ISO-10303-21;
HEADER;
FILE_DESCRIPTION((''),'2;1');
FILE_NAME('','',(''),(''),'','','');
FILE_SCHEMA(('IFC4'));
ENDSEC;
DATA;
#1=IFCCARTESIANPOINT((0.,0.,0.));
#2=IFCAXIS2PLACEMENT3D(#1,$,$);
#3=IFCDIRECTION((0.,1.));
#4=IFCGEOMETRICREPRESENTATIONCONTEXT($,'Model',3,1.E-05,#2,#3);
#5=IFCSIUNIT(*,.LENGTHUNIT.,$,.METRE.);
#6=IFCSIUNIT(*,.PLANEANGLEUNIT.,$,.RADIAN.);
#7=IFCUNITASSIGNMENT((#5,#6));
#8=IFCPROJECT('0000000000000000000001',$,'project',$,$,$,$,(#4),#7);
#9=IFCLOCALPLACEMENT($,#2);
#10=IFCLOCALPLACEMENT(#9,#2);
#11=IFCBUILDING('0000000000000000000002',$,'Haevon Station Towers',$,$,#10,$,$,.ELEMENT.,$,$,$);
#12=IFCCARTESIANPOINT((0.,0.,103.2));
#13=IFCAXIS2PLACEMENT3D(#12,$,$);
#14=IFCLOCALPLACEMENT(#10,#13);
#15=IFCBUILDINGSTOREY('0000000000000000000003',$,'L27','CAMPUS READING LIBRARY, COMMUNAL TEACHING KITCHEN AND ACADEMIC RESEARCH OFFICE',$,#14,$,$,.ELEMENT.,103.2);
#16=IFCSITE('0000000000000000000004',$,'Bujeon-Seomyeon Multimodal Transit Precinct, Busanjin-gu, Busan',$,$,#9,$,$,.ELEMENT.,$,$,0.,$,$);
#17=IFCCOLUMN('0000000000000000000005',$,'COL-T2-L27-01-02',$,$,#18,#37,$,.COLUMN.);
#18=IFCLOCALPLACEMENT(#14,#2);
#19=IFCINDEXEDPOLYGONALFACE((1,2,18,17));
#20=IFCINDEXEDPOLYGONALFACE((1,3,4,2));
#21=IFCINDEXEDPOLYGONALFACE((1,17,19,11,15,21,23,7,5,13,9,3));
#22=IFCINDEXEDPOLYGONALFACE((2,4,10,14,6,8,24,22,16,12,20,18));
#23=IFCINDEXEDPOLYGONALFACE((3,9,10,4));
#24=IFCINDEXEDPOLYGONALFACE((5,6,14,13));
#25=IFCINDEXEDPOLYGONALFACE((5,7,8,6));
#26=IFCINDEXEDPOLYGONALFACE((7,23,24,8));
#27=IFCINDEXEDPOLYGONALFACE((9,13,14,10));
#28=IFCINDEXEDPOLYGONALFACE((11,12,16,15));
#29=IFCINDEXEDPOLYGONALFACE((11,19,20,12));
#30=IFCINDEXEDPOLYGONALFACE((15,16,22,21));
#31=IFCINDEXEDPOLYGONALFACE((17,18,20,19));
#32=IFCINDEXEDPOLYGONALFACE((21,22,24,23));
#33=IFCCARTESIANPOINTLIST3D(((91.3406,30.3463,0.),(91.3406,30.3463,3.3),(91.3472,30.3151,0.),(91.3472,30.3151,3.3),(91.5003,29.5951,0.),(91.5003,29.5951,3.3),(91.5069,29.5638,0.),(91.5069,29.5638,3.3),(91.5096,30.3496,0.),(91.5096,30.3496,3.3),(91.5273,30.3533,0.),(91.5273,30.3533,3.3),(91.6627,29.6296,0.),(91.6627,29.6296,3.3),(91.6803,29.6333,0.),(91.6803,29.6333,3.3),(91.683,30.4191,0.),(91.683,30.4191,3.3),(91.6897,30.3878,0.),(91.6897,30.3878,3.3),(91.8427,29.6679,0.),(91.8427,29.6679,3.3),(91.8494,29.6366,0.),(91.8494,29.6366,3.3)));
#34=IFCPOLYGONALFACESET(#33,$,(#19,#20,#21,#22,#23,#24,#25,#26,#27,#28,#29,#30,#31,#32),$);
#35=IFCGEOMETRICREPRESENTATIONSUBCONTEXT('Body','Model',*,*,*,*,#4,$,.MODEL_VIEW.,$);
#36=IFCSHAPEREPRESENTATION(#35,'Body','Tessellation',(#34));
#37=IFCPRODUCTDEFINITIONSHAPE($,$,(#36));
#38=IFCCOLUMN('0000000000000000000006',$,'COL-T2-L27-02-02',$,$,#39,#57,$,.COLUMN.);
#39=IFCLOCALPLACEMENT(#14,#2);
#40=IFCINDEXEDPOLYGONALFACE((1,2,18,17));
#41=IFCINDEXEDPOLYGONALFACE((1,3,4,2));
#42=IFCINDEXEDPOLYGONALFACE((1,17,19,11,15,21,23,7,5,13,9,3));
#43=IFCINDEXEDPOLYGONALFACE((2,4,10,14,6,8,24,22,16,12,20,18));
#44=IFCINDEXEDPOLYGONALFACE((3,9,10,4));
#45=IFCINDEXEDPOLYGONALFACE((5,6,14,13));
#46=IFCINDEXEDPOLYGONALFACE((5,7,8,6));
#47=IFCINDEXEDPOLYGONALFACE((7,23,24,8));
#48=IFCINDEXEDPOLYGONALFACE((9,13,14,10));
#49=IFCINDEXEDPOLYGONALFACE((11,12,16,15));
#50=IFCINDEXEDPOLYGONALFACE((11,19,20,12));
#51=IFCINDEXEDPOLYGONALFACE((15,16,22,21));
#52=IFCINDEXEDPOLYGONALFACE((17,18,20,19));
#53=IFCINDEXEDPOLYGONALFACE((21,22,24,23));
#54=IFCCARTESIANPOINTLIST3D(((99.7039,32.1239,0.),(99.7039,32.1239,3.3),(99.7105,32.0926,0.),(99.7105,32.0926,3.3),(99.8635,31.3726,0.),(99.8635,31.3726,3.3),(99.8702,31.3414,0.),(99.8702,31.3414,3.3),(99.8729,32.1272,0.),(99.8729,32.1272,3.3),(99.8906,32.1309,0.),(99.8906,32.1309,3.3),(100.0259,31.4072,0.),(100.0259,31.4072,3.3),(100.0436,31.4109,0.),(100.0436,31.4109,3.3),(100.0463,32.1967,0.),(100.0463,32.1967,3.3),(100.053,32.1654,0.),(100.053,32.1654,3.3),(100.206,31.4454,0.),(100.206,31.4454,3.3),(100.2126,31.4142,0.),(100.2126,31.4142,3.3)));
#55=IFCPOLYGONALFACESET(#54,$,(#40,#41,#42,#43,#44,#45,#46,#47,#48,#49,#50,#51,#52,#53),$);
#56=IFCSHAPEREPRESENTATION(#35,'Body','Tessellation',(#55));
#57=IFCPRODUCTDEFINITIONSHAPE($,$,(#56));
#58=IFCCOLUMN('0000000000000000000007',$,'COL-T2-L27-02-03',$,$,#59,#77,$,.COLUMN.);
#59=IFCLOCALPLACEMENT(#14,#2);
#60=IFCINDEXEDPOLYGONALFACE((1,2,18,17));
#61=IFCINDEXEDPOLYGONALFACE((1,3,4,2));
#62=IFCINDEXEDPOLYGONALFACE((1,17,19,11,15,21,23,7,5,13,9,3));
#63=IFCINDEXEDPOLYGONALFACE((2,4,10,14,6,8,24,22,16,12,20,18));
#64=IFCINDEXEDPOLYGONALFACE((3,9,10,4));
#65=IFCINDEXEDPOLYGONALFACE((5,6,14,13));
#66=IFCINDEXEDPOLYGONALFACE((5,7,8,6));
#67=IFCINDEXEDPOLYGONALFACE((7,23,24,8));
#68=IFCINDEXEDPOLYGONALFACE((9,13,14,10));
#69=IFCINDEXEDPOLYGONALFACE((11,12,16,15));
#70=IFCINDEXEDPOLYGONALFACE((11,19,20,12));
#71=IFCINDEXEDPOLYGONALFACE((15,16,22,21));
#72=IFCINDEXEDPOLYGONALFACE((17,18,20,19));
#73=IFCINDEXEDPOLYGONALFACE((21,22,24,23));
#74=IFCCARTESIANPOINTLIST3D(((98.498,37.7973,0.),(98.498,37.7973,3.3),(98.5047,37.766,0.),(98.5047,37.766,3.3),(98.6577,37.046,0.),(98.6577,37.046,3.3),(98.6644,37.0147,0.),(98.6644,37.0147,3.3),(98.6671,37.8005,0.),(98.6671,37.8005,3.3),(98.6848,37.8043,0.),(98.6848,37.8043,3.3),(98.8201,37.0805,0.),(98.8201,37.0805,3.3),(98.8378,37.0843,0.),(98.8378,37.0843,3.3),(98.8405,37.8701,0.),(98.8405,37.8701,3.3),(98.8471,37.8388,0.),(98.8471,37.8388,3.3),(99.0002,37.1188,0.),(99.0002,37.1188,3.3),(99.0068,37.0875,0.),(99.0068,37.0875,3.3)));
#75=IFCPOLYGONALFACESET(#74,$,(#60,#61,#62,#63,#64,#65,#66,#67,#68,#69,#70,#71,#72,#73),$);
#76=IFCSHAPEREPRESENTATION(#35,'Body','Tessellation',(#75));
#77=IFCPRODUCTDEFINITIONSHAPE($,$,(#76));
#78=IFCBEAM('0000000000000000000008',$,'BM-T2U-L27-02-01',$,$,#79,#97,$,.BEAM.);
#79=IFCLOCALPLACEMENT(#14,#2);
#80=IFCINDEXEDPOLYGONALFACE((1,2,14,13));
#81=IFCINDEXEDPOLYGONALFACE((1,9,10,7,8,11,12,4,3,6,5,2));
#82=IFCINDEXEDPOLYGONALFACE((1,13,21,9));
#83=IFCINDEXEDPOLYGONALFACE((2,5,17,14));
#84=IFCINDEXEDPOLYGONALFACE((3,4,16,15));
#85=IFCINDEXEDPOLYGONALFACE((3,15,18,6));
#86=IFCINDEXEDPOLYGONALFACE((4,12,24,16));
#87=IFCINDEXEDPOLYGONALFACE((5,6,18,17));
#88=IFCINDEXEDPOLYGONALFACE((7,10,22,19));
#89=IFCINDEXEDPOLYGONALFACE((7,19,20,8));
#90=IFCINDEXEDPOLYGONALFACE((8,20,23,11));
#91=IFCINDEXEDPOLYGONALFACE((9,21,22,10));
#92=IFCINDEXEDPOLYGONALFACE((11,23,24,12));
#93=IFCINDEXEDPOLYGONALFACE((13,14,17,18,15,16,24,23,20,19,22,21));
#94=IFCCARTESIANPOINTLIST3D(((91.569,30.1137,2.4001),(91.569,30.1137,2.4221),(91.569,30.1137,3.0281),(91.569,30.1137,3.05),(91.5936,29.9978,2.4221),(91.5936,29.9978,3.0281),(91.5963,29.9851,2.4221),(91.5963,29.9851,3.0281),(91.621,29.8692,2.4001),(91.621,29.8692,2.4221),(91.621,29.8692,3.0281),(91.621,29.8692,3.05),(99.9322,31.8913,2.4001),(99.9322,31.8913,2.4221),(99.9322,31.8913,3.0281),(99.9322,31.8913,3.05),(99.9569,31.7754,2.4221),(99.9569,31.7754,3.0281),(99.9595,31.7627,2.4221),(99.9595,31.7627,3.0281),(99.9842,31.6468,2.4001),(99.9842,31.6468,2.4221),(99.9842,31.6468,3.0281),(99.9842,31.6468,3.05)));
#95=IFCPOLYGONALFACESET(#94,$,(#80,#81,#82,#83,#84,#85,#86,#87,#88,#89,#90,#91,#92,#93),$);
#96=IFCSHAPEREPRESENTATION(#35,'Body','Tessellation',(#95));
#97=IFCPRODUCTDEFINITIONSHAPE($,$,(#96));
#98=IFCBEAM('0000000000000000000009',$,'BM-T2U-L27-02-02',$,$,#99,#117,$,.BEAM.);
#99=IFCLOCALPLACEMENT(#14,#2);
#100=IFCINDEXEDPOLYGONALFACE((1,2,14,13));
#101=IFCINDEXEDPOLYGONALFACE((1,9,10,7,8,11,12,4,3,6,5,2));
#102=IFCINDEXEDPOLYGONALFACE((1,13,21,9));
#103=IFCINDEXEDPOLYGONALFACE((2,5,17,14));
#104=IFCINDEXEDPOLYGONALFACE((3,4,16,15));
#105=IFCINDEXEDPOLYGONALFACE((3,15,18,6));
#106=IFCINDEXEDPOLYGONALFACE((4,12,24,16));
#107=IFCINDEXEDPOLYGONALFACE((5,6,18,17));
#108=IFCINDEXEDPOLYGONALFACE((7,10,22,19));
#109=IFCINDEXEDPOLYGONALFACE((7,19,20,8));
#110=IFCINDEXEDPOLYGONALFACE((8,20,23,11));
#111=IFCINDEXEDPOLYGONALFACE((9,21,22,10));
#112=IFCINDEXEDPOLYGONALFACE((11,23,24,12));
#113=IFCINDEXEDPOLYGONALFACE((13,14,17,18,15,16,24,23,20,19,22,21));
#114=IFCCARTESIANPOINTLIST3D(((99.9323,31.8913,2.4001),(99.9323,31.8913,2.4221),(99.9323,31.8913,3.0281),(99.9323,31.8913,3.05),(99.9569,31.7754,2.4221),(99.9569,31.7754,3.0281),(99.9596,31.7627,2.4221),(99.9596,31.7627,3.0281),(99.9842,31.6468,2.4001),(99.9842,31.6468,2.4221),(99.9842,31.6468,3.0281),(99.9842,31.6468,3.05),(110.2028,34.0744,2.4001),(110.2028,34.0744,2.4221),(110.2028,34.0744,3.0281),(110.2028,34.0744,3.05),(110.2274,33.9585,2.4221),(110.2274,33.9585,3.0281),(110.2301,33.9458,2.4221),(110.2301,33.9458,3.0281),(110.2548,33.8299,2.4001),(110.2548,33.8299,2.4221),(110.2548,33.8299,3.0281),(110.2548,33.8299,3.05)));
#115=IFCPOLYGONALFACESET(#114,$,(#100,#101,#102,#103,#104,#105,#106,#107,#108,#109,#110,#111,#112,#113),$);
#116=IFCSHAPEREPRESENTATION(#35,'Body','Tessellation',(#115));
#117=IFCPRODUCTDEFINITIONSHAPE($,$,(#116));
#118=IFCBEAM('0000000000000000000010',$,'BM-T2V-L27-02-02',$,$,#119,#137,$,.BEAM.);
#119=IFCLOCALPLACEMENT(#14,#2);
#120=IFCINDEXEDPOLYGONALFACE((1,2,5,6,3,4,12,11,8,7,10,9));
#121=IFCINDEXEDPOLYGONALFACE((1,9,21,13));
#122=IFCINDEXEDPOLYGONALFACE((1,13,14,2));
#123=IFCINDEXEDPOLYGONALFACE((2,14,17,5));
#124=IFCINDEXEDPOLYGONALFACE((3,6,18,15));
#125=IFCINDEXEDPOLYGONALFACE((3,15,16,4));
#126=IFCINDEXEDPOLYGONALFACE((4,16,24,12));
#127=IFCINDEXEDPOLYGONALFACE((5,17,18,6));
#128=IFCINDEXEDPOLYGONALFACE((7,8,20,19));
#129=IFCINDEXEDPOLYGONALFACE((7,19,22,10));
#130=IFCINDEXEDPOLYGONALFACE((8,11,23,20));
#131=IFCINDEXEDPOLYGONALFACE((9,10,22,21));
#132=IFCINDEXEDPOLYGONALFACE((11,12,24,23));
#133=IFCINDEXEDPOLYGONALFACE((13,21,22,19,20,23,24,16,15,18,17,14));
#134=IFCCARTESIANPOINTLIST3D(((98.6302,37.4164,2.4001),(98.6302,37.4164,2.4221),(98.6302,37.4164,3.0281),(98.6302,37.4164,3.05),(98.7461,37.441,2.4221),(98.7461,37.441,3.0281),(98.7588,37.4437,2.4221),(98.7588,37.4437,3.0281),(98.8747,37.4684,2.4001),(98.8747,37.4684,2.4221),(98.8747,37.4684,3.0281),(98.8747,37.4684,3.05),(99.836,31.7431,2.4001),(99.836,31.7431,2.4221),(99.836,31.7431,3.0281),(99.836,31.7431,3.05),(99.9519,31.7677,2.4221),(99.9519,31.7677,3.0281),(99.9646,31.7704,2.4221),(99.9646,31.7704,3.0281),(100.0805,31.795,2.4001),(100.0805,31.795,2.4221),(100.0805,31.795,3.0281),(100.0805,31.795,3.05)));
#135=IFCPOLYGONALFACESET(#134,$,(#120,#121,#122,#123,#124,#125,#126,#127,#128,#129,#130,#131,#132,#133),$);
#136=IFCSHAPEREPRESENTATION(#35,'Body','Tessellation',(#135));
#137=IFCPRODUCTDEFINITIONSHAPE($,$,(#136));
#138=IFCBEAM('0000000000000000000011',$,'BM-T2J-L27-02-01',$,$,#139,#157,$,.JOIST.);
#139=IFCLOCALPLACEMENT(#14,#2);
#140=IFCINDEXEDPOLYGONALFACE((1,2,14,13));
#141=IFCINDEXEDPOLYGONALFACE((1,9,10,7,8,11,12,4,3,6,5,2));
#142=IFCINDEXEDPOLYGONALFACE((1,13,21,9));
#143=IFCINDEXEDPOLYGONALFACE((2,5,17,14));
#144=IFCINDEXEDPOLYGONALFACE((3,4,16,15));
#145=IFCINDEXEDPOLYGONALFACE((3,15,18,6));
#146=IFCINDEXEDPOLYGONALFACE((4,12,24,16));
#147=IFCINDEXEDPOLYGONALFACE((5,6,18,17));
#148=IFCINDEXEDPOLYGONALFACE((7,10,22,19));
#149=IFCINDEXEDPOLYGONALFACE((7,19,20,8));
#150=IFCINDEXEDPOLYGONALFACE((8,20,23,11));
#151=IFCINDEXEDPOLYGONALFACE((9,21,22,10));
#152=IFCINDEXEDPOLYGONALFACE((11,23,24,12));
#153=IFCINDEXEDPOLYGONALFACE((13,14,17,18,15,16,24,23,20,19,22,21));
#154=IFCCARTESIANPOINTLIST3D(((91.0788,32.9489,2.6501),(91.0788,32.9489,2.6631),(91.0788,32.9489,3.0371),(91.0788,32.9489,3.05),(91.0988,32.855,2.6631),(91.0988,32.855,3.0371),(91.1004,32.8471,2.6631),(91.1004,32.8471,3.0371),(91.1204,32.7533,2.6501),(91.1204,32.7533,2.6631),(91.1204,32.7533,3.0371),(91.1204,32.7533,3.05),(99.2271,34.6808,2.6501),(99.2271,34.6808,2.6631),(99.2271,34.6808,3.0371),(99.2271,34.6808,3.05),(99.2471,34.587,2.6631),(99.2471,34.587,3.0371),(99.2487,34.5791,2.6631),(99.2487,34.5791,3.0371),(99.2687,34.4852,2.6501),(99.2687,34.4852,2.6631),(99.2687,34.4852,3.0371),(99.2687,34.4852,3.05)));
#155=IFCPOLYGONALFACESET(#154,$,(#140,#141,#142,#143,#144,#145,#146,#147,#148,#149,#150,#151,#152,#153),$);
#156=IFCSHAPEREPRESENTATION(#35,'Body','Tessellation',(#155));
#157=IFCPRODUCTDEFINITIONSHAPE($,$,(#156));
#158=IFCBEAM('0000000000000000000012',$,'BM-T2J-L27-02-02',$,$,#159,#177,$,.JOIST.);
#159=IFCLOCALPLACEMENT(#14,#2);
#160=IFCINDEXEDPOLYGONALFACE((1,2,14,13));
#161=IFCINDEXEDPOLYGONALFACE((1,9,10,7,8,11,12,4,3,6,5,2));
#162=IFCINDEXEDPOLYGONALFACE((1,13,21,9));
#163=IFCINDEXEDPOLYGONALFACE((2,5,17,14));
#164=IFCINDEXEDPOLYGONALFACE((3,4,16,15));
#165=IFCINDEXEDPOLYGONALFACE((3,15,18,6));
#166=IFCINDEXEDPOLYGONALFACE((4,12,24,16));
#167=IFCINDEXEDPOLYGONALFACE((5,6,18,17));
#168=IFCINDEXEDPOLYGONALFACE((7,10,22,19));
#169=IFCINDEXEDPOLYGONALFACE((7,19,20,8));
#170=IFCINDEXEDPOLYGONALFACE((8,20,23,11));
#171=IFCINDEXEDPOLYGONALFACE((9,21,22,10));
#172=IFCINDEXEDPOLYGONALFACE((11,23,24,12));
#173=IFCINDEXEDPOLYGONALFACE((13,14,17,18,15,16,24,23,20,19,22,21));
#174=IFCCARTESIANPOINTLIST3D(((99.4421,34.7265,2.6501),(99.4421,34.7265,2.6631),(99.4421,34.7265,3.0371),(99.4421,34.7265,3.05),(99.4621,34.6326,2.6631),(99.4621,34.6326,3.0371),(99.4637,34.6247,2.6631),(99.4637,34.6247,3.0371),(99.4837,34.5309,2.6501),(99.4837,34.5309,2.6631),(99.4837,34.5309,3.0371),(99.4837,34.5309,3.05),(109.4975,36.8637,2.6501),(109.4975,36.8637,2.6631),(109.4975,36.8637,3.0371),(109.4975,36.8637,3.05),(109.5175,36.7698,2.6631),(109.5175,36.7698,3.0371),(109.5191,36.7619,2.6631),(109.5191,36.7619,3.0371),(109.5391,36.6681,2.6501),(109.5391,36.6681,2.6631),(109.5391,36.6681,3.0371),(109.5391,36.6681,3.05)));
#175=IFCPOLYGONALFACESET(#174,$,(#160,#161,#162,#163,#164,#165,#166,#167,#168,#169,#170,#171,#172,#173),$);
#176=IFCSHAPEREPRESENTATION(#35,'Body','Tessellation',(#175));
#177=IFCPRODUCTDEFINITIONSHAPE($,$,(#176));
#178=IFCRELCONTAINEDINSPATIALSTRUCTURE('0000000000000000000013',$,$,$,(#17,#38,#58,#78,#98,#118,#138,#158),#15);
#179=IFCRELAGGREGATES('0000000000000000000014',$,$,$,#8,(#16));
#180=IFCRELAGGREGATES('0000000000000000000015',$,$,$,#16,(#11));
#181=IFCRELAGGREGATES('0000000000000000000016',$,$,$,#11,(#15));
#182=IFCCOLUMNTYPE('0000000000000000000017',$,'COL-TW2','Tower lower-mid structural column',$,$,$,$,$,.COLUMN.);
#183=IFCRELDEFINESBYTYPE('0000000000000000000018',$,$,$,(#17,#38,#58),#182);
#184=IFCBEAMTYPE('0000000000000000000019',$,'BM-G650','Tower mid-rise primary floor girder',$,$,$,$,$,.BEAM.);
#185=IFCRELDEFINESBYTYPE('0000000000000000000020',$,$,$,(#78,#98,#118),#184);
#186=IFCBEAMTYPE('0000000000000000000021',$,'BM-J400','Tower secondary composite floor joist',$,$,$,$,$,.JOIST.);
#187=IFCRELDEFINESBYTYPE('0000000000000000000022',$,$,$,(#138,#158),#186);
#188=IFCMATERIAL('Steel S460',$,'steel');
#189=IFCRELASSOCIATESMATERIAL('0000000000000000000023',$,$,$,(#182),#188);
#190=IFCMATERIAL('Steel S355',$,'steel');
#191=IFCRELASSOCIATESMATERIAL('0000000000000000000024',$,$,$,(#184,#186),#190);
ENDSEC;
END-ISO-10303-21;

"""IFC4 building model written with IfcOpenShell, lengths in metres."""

from ifc_helpers import new_model, si_unit, direction, frame, origin, origin_2d, place, context, subcontext, project, spatial, i_section, extrude, material, material_profile, profile_set, type_object, element, save


model = new_model("IFC4")

# Units and contexts
model_context = context("Model", 3, precision=1e-05, world=origin(), true_north=direction((0.0, 1.0)))
body_context = subcontext(model_context, "Body", "Model", "MODEL_VIEW")
ifc_project = project(units=[si_unit("LENGTHUNIT", "METRE"), si_unit("PLANEANGLEUNIT", "RADIAN")], contexts=[model_context])

# Site, building, storey
site_placement = place(None, origin())
site = spatial("IfcSite", under=ifc_project, at=site_placement, Name="Bujeon-Seomyeon Multimodal Transit Precinct, Busanjin-gu, Busan", CompositionType="ELEMENT", RefElevation=0.0)
building_placement = place(site_placement, origin())
building = spatial("IfcBuilding", under=site, at=building_placement, Name="Haevon Station Towers", CompositionType="ELEMENT")
storey_placement = place(building_placement, frame((0.0, 0.0, 103.2)))
storey = spatial("IfcBuildingStorey", under=building, at=storey_placement, Name="L27", Description="CAMPUS READING LIBRARY, COMMUNAL TEACHING KITCHEN AND ACADEMIC RESEARCH OFFICE", CompositionType="ELEMENT", Elevation=103.2)

# Columns
ifc_material_1 = material(Name="Steel S460", Category="steel")
ifc_material_profile_1 = material_profile(ifc_material_1, i_section(OverallWidth=0.3501, OverallDepth=0.8, WebThickness=0.0181, FlangeThickness=0.032, at=origin_2d()), Name="H-800x350x18x32")
ifc_profile_set_1 = profile_set([ifc_material_profile_1], Name="Steel S460")
column_type = type_object("IfcColumnType", Name="COL-TW2", Description="Tower lower-mid structural column", PredefinedType="COLUMN", material=ifc_profile_set_1)
for number, where, z_axis, x_axis, name in (
    (1, (91.595, 29.9915, 0.0), (0.0, 0.0, 1.0), (0.978148, 0.207912, 0.0), "COL-T2-L27-01-02"),
    (2, (99.9583, 31.769, 0.0), (0.0, 0.0, 1.0), (0.978148, 0.207912, 0.0), "COL-T2-L27-02-02"),
    (3, (98.7524, 37.4424, 0.0), (0.0, 0.0, 1.0), (0.978148, 0.207912, 0.0), "COL-T2-L27-02-03"),
):
    element("IfcColumn", number, at=place(storey_placement, frame(where, z_axis=z_axis, x_axis=x_axis)), inside=storey, type_object=column_type, Name=name, PredefinedType="COLUMN", context=body_context, shape_type="SweptSolid", body=[
        extrude(i_section(OverallWidth=0.3501, OverallDepth=0.8, WebThickness=0.0181, FlangeThickness=0.032, at=origin_2d()), origin(), (0.0, 0.0, 1.0), 3.3),
    ])

# Beams
ifc_material_2 = material(Name="Steel S355", Category="steel")
ifc_material_profile_2 = material_profile(ifc_material_2, i_section(OverallWidth=0.25, OverallDepth=0.6499, WebThickness=0.0129, FlangeThickness=0.022, at=origin_2d()), Name="H-650x250x13x22")
ifc_profile_set_2 = profile_set([ifc_material_profile_2], Name="Steel S355")
beam_type_1 = type_object("IfcBeamType", Name="BM-G650", Description="Tower mid-rise primary floor girder", PredefinedType="BEAM", material=ifc_profile_set_2)
beam_1_placement = place(storey_placement, frame((91.595, 29.9915, 2.7251), z_axis=(0.97815, 0.207902, 0.0), x_axis=(-0.207902, 0.97815, 0.0)))
element("IfcBeam", 4, at=beam_1_placement, inside=storey, type_object=beam_type_1, Name="BM-T2U-L27-02-01", PredefinedType="BEAM", context=body_context, shape_type="SweptSolid", body=[
    extrude(i_section(OverallWidth=0.25, OverallDepth=0.6499, WebThickness=0.0129, FlangeThickness=0.022, at=origin_2d()), origin(), (0.0, 0.0, 1.0), 8.55),
])
beam_2_placement = place(storey_placement, frame((99.9583, 31.769, 2.7251), z_axis=(0.978147, 0.207915, 0.0), x_axis=(-0.207915, 0.978147, 0.0)))
element("IfcBeam", 5, at=beam_2_placement, inside=storey, type_object=beam_type_1, Name="BM-T2U-L27-02-02", PredefinedType="BEAM", context=body_context, shape_type="SweptSolid", body=[
    extrude(i_section(OverallWidth=0.25, OverallDepth=0.6499, WebThickness=0.0129, FlangeThickness=0.022, at=origin_2d()), origin(), (0.0, 0.0, 1.0), 10.5),
])
beam_3_placement = place(storey_placement, frame((99.9583, 31.769, 2.7251), z_axis=(-0.207896, 0.978151, 0.0), x_axis=(-0.978151, -0.207896, 0.0)))
element("IfcBeam", 6, at=beam_3_placement, inside=storey, type_object=beam_type_1, Name="BM-T2V-L27-02-02", PredefinedType="BEAM", context=body_context, shape_type="SweptSolid", body=[
    extrude(i_section(OverallWidth=0.25, OverallDepth=0.6499, WebThickness=0.0129, FlangeThickness=0.022, at=origin_2d()), origin(), (0.0, 0.0, 1.0), 5.8),
])
ifc_material_profile_3 = material_profile(ifc_material_2, i_section(OverallWidth=0.2, OverallDepth=0.3999, WebThickness=0.0081, FlangeThickness=0.0129, at=origin_2d()), Name="H-400x200x8x13")
ifc_profile_set_3 = profile_set([ifc_material_profile_3], Name="Steel S355")
beam_type_2 = type_object("IfcBeamType", Name="BM-J400", Description="Tower secondary composite floor joist", PredefinedType="JOIST", material=ifc_profile_set_3)
beam_4_placement = place(storey_placement, frame((91.0996, 32.8511, 2.8501), z_axis=(0.978148, 0.20791, 0.0), x_axis=(-0.20791, 0.978148, 0.0)))
element("IfcBeam", 7, at=beam_4_placement, inside=storey, type_object=beam_type_2, Name="BM-T2J-L27-02-01", PredefinedType="JOIST", context=body_context, shape_type="SweptSolid", body=[
    extrude(i_section(OverallWidth=0.2, OverallDepth=0.3999, WebThickness=0.0081, FlangeThickness=0.0129, at=origin_2d()), origin(), (0.0, 0.0, 1.0), 8.3303),
])
beam_5_placement = place(storey_placement, frame((99.4629, 34.6287, 2.8501), z_axis=(0.97815, 0.207899, 0.0), x_axis=(-0.207899, 0.97815, 0.0)))
element("IfcBeam", 8, at=beam_5_placement, inside=storey, type_object=beam_type_2, Name="BM-T2J-L27-02-02", PredefinedType="JOIST", context=body_context, shape_type="SweptSolid", body=[
    extrude(i_section(OverallWidth=0.2, OverallDepth=0.3999, WebThickness=0.0081, FlangeThickness=0.0129, at=origin_2d()), origin(), (0.0, 0.0, 1.0), 10.28),
])

save(model, "model.ifc")
